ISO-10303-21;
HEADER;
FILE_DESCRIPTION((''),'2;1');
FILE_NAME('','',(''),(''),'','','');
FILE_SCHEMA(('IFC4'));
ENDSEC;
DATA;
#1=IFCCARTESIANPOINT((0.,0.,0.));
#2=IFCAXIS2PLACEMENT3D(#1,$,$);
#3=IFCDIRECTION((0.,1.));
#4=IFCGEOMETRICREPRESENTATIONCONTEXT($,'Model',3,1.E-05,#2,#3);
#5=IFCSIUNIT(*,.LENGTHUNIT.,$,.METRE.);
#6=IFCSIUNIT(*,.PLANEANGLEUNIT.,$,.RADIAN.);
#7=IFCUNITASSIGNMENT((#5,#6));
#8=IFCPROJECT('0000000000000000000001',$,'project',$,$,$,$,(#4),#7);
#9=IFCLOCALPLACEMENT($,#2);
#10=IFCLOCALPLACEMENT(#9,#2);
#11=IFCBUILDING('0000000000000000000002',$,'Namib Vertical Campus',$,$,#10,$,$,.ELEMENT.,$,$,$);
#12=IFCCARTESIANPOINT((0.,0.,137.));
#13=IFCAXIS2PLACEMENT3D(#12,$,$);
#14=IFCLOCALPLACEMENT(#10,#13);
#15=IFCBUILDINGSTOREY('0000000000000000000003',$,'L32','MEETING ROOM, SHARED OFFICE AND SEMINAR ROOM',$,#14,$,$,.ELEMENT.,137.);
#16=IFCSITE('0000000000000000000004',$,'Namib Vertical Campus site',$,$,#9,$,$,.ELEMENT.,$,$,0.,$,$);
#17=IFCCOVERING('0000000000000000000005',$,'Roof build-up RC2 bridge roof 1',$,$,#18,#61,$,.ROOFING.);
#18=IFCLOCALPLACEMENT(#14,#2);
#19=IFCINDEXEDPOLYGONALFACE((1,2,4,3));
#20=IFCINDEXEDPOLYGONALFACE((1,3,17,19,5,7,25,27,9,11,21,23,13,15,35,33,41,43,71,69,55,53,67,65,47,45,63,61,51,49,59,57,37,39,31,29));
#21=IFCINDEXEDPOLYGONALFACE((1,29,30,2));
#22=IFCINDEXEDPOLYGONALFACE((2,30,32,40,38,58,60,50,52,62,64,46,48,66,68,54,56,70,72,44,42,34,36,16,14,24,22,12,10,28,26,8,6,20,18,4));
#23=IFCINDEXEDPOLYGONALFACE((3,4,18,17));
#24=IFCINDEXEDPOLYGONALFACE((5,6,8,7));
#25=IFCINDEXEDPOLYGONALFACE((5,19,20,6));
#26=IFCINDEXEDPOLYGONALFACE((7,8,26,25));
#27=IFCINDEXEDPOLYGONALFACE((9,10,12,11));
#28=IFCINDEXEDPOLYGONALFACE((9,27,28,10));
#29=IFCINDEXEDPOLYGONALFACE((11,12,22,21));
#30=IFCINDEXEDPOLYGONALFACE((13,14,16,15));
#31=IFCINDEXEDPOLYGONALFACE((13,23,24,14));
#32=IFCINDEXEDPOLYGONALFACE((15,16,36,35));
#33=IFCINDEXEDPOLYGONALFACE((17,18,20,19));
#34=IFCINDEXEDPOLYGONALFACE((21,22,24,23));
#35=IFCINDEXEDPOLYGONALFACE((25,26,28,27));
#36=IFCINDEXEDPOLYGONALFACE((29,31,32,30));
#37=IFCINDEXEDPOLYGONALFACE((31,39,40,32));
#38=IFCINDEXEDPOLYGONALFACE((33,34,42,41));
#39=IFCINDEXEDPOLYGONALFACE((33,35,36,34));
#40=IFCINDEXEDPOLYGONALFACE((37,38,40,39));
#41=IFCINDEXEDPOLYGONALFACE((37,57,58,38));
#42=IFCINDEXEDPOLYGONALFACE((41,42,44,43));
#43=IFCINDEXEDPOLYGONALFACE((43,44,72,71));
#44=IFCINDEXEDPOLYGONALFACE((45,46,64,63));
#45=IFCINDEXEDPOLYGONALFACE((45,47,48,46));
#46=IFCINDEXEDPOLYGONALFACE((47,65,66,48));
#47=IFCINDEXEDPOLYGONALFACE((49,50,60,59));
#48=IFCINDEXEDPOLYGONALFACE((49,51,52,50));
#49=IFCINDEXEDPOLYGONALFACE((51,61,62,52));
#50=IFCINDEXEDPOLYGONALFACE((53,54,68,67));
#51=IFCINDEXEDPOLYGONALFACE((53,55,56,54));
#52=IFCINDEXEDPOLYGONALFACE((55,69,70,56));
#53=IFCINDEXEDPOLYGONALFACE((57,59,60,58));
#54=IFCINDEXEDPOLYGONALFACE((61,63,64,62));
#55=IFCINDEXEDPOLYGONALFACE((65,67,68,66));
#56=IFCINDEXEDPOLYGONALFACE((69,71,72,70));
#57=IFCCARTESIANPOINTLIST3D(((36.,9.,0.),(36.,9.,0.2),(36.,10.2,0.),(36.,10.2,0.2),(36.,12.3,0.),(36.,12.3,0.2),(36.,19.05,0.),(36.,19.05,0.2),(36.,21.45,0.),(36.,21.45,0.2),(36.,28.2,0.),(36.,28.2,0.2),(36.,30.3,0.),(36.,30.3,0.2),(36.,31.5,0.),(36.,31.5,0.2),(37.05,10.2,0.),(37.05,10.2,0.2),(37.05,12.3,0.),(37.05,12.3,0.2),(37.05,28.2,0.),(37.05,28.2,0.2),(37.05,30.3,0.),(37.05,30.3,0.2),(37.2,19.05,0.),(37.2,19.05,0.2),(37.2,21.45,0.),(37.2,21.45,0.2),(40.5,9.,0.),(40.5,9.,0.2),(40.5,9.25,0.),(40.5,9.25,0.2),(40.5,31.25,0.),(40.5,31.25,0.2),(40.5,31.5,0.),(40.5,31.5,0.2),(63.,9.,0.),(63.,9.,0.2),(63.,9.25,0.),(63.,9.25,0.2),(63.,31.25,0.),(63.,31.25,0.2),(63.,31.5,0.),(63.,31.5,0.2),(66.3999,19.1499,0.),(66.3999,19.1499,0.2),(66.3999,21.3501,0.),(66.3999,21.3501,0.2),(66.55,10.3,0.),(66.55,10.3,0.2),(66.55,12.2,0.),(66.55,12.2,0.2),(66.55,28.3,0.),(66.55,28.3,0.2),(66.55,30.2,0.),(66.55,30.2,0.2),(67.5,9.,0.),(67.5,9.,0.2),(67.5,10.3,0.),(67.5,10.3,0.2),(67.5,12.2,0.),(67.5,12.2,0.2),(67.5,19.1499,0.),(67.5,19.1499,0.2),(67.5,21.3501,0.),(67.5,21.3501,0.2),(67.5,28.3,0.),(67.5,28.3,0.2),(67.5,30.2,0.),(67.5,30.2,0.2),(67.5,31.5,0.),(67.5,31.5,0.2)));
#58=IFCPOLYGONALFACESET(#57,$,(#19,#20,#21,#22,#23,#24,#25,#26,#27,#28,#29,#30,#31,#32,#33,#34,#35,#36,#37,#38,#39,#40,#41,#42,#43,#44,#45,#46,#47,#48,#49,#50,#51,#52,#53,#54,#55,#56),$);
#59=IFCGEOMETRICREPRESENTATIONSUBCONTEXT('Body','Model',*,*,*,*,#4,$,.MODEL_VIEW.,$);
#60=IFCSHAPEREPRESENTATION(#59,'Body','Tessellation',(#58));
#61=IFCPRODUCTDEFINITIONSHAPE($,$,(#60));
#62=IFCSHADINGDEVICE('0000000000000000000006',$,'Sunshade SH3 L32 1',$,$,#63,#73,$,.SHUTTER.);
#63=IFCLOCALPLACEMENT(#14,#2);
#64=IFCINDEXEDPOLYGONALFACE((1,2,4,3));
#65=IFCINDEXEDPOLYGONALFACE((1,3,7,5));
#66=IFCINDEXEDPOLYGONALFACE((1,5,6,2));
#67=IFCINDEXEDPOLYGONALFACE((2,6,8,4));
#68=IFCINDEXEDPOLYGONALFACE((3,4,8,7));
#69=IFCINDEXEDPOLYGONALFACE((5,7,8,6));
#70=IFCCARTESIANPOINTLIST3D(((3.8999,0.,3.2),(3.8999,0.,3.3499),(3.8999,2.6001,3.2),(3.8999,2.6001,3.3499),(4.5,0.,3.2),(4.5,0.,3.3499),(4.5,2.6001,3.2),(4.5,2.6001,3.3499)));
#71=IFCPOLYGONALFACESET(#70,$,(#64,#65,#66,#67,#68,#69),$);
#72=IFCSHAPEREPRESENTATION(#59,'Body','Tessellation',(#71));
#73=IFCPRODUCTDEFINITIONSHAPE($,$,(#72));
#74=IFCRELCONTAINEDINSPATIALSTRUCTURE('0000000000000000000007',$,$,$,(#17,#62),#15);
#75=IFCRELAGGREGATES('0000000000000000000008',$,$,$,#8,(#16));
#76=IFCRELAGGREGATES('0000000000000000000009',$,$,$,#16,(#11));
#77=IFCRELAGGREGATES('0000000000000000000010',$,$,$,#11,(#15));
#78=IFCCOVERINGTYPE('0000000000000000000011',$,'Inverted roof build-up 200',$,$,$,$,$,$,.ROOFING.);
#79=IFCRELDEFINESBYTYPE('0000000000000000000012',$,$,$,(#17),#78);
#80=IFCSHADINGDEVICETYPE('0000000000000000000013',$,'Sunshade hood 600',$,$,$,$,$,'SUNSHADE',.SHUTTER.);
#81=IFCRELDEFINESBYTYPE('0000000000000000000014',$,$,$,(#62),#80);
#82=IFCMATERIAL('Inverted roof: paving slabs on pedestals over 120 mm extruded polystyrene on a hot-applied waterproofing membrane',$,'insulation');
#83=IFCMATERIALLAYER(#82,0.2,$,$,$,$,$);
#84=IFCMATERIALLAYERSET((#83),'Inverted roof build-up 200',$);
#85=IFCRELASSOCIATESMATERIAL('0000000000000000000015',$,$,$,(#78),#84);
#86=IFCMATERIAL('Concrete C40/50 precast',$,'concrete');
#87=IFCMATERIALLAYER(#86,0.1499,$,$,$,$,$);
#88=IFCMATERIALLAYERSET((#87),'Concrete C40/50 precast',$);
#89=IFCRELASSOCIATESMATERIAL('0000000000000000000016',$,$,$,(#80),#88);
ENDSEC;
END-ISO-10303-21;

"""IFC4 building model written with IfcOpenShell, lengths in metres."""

from ifc_helpers import new_model, si_unit, direction, frame, origin, origin_2d, place, context, subcontext, project, spatial, polyline, rectangle, outline, extrude, material, layer, layer_set, type_object, element, save


model = new_model("IFC4")

# Units and contexts
model_context = context("Model", 3, precision=1e-05, world=origin(), true_north=direction((0.0, 1.0)))
body_context = subcontext(model_context, "Body", "Model", "MODEL_VIEW")
ifc_project = project(units=[si_unit("LENGTHUNIT", "METRE"), si_unit("PLANEANGLEUNIT", "RADIAN")], contexts=[model_context])

# Site, building, storey
site_placement = place(None, origin())
site = spatial("IfcSite", under=ifc_project, at=site_placement, Name="Namib Vertical Campus site", CompositionType="ELEMENT", RefElevation=0.0)
building_placement = place(site_placement, origin())
building = spatial("IfcBuilding", under=site, at=building_placement, Name="Namib Vertical Campus", CompositionType="ELEMENT")
storey_placement = place(building_placement, frame((0.0, 0.0, 137.0)))
storey = spatial("IfcBuildingStorey", under=building, at=storey_placement, Name="L32", Description="MEETING ROOM, SHARED OFFICE AND SEMINAR ROOM", CompositionType="ELEMENT", Elevation=137.0)

# Covering
ifc_material_1 = material(Name="Inverted roof: paving slabs on pedestals over 120 mm extruded polystyrene on a hot-applied waterproofing membrane", Category="insulation")
ifc_layer_1 = layer(ifc_material_1, 0.2)
ifc_layer_set_1 = layer_set([ifc_layer_1], Name="Inverted roof build-up 200")
covering_type = type_object("IfcCoveringType", Name="Inverted roof build-up 200", PredefinedType="ROOFING", material=ifc_layer_set_1)
covering_placement = place(storey_placement, origin())
element("IfcCovering", 1, at=covering_placement, inside=storey, type_object=covering_type, Name="Roof build-up RC2 bridge roof 1", PredefinedType="ROOFING", context=body_context, shape_type="SweptSolid", body=[
    extrude(outline(polyline([(36.0, 10.2), (36.0, 9.0), (40.5, 9.0), (40.5, 9.25), (63.0, 9.25), (63.0, 9.0), (67.5, 9.0), (67.5, 10.3), (66.55, 10.3), (66.55, 12.2), (67.5, 12.2), (67.5, 19.1499), (66.3999, 19.1499), (66.3999, 21.3501), (67.5, 21.3501), (67.5, 28.3), (66.55, 28.3), (66.55, 30.2), (67.5, 30.2), (67.5, 31.5), (63.0, 31.5), (63.0, 31.25), (40.5, 31.25), (40.5, 31.5), (36.0, 31.5), (36.0, 30.3), (37.05, 30.3), (37.05, 28.2), (36.0, 28.2), (36.0, 21.45), (37.2, 21.45), (37.2, 19.05), (36.0, 19.05), (36.0, 12.3), (37.05, 12.3), (37.05, 10.2), (36.0, 10.2)])), origin(), (0.0, 0.0, 1.0), 0.2),
])

# Shading device
ifc_material_2 = material(Name="Concrete C40/50 precast", Category="concrete")
ifc_layer_2 = layer(ifc_material_2, 0.1499)
ifc_layer_set_2 = layer_set([ifc_layer_2], Name="Concrete C40/50 precast")
shading_device_type = type_object("IfcShadingDeviceType", Name="Sunshade hood 600", ElementType="SUNSHADE", PredefinedType="SHUTTER", material=ifc_layer_set_2)
shading_device_placement = place(storey_placement, frame((4.2, 1.3, 3.2), z_axis=(0.0, 0.0, 1.0), x_axis=(0.0, -1.0, 0.0)))
element("IfcShadingDevice", 2, at=shading_device_placement, inside=storey, type_object=shading_device_type, Name="Sunshade SH3 L32 1", PredefinedType="SHUTTER", context=body_context, shape_type="SweptSolid", body=[
    extrude(rectangle(XDim=2.6001, YDim=0.6001, at=origin_2d()), origin(), (0.0, 0.0, 1.0), 0.1499),
])

save(model, "model.ifc")
